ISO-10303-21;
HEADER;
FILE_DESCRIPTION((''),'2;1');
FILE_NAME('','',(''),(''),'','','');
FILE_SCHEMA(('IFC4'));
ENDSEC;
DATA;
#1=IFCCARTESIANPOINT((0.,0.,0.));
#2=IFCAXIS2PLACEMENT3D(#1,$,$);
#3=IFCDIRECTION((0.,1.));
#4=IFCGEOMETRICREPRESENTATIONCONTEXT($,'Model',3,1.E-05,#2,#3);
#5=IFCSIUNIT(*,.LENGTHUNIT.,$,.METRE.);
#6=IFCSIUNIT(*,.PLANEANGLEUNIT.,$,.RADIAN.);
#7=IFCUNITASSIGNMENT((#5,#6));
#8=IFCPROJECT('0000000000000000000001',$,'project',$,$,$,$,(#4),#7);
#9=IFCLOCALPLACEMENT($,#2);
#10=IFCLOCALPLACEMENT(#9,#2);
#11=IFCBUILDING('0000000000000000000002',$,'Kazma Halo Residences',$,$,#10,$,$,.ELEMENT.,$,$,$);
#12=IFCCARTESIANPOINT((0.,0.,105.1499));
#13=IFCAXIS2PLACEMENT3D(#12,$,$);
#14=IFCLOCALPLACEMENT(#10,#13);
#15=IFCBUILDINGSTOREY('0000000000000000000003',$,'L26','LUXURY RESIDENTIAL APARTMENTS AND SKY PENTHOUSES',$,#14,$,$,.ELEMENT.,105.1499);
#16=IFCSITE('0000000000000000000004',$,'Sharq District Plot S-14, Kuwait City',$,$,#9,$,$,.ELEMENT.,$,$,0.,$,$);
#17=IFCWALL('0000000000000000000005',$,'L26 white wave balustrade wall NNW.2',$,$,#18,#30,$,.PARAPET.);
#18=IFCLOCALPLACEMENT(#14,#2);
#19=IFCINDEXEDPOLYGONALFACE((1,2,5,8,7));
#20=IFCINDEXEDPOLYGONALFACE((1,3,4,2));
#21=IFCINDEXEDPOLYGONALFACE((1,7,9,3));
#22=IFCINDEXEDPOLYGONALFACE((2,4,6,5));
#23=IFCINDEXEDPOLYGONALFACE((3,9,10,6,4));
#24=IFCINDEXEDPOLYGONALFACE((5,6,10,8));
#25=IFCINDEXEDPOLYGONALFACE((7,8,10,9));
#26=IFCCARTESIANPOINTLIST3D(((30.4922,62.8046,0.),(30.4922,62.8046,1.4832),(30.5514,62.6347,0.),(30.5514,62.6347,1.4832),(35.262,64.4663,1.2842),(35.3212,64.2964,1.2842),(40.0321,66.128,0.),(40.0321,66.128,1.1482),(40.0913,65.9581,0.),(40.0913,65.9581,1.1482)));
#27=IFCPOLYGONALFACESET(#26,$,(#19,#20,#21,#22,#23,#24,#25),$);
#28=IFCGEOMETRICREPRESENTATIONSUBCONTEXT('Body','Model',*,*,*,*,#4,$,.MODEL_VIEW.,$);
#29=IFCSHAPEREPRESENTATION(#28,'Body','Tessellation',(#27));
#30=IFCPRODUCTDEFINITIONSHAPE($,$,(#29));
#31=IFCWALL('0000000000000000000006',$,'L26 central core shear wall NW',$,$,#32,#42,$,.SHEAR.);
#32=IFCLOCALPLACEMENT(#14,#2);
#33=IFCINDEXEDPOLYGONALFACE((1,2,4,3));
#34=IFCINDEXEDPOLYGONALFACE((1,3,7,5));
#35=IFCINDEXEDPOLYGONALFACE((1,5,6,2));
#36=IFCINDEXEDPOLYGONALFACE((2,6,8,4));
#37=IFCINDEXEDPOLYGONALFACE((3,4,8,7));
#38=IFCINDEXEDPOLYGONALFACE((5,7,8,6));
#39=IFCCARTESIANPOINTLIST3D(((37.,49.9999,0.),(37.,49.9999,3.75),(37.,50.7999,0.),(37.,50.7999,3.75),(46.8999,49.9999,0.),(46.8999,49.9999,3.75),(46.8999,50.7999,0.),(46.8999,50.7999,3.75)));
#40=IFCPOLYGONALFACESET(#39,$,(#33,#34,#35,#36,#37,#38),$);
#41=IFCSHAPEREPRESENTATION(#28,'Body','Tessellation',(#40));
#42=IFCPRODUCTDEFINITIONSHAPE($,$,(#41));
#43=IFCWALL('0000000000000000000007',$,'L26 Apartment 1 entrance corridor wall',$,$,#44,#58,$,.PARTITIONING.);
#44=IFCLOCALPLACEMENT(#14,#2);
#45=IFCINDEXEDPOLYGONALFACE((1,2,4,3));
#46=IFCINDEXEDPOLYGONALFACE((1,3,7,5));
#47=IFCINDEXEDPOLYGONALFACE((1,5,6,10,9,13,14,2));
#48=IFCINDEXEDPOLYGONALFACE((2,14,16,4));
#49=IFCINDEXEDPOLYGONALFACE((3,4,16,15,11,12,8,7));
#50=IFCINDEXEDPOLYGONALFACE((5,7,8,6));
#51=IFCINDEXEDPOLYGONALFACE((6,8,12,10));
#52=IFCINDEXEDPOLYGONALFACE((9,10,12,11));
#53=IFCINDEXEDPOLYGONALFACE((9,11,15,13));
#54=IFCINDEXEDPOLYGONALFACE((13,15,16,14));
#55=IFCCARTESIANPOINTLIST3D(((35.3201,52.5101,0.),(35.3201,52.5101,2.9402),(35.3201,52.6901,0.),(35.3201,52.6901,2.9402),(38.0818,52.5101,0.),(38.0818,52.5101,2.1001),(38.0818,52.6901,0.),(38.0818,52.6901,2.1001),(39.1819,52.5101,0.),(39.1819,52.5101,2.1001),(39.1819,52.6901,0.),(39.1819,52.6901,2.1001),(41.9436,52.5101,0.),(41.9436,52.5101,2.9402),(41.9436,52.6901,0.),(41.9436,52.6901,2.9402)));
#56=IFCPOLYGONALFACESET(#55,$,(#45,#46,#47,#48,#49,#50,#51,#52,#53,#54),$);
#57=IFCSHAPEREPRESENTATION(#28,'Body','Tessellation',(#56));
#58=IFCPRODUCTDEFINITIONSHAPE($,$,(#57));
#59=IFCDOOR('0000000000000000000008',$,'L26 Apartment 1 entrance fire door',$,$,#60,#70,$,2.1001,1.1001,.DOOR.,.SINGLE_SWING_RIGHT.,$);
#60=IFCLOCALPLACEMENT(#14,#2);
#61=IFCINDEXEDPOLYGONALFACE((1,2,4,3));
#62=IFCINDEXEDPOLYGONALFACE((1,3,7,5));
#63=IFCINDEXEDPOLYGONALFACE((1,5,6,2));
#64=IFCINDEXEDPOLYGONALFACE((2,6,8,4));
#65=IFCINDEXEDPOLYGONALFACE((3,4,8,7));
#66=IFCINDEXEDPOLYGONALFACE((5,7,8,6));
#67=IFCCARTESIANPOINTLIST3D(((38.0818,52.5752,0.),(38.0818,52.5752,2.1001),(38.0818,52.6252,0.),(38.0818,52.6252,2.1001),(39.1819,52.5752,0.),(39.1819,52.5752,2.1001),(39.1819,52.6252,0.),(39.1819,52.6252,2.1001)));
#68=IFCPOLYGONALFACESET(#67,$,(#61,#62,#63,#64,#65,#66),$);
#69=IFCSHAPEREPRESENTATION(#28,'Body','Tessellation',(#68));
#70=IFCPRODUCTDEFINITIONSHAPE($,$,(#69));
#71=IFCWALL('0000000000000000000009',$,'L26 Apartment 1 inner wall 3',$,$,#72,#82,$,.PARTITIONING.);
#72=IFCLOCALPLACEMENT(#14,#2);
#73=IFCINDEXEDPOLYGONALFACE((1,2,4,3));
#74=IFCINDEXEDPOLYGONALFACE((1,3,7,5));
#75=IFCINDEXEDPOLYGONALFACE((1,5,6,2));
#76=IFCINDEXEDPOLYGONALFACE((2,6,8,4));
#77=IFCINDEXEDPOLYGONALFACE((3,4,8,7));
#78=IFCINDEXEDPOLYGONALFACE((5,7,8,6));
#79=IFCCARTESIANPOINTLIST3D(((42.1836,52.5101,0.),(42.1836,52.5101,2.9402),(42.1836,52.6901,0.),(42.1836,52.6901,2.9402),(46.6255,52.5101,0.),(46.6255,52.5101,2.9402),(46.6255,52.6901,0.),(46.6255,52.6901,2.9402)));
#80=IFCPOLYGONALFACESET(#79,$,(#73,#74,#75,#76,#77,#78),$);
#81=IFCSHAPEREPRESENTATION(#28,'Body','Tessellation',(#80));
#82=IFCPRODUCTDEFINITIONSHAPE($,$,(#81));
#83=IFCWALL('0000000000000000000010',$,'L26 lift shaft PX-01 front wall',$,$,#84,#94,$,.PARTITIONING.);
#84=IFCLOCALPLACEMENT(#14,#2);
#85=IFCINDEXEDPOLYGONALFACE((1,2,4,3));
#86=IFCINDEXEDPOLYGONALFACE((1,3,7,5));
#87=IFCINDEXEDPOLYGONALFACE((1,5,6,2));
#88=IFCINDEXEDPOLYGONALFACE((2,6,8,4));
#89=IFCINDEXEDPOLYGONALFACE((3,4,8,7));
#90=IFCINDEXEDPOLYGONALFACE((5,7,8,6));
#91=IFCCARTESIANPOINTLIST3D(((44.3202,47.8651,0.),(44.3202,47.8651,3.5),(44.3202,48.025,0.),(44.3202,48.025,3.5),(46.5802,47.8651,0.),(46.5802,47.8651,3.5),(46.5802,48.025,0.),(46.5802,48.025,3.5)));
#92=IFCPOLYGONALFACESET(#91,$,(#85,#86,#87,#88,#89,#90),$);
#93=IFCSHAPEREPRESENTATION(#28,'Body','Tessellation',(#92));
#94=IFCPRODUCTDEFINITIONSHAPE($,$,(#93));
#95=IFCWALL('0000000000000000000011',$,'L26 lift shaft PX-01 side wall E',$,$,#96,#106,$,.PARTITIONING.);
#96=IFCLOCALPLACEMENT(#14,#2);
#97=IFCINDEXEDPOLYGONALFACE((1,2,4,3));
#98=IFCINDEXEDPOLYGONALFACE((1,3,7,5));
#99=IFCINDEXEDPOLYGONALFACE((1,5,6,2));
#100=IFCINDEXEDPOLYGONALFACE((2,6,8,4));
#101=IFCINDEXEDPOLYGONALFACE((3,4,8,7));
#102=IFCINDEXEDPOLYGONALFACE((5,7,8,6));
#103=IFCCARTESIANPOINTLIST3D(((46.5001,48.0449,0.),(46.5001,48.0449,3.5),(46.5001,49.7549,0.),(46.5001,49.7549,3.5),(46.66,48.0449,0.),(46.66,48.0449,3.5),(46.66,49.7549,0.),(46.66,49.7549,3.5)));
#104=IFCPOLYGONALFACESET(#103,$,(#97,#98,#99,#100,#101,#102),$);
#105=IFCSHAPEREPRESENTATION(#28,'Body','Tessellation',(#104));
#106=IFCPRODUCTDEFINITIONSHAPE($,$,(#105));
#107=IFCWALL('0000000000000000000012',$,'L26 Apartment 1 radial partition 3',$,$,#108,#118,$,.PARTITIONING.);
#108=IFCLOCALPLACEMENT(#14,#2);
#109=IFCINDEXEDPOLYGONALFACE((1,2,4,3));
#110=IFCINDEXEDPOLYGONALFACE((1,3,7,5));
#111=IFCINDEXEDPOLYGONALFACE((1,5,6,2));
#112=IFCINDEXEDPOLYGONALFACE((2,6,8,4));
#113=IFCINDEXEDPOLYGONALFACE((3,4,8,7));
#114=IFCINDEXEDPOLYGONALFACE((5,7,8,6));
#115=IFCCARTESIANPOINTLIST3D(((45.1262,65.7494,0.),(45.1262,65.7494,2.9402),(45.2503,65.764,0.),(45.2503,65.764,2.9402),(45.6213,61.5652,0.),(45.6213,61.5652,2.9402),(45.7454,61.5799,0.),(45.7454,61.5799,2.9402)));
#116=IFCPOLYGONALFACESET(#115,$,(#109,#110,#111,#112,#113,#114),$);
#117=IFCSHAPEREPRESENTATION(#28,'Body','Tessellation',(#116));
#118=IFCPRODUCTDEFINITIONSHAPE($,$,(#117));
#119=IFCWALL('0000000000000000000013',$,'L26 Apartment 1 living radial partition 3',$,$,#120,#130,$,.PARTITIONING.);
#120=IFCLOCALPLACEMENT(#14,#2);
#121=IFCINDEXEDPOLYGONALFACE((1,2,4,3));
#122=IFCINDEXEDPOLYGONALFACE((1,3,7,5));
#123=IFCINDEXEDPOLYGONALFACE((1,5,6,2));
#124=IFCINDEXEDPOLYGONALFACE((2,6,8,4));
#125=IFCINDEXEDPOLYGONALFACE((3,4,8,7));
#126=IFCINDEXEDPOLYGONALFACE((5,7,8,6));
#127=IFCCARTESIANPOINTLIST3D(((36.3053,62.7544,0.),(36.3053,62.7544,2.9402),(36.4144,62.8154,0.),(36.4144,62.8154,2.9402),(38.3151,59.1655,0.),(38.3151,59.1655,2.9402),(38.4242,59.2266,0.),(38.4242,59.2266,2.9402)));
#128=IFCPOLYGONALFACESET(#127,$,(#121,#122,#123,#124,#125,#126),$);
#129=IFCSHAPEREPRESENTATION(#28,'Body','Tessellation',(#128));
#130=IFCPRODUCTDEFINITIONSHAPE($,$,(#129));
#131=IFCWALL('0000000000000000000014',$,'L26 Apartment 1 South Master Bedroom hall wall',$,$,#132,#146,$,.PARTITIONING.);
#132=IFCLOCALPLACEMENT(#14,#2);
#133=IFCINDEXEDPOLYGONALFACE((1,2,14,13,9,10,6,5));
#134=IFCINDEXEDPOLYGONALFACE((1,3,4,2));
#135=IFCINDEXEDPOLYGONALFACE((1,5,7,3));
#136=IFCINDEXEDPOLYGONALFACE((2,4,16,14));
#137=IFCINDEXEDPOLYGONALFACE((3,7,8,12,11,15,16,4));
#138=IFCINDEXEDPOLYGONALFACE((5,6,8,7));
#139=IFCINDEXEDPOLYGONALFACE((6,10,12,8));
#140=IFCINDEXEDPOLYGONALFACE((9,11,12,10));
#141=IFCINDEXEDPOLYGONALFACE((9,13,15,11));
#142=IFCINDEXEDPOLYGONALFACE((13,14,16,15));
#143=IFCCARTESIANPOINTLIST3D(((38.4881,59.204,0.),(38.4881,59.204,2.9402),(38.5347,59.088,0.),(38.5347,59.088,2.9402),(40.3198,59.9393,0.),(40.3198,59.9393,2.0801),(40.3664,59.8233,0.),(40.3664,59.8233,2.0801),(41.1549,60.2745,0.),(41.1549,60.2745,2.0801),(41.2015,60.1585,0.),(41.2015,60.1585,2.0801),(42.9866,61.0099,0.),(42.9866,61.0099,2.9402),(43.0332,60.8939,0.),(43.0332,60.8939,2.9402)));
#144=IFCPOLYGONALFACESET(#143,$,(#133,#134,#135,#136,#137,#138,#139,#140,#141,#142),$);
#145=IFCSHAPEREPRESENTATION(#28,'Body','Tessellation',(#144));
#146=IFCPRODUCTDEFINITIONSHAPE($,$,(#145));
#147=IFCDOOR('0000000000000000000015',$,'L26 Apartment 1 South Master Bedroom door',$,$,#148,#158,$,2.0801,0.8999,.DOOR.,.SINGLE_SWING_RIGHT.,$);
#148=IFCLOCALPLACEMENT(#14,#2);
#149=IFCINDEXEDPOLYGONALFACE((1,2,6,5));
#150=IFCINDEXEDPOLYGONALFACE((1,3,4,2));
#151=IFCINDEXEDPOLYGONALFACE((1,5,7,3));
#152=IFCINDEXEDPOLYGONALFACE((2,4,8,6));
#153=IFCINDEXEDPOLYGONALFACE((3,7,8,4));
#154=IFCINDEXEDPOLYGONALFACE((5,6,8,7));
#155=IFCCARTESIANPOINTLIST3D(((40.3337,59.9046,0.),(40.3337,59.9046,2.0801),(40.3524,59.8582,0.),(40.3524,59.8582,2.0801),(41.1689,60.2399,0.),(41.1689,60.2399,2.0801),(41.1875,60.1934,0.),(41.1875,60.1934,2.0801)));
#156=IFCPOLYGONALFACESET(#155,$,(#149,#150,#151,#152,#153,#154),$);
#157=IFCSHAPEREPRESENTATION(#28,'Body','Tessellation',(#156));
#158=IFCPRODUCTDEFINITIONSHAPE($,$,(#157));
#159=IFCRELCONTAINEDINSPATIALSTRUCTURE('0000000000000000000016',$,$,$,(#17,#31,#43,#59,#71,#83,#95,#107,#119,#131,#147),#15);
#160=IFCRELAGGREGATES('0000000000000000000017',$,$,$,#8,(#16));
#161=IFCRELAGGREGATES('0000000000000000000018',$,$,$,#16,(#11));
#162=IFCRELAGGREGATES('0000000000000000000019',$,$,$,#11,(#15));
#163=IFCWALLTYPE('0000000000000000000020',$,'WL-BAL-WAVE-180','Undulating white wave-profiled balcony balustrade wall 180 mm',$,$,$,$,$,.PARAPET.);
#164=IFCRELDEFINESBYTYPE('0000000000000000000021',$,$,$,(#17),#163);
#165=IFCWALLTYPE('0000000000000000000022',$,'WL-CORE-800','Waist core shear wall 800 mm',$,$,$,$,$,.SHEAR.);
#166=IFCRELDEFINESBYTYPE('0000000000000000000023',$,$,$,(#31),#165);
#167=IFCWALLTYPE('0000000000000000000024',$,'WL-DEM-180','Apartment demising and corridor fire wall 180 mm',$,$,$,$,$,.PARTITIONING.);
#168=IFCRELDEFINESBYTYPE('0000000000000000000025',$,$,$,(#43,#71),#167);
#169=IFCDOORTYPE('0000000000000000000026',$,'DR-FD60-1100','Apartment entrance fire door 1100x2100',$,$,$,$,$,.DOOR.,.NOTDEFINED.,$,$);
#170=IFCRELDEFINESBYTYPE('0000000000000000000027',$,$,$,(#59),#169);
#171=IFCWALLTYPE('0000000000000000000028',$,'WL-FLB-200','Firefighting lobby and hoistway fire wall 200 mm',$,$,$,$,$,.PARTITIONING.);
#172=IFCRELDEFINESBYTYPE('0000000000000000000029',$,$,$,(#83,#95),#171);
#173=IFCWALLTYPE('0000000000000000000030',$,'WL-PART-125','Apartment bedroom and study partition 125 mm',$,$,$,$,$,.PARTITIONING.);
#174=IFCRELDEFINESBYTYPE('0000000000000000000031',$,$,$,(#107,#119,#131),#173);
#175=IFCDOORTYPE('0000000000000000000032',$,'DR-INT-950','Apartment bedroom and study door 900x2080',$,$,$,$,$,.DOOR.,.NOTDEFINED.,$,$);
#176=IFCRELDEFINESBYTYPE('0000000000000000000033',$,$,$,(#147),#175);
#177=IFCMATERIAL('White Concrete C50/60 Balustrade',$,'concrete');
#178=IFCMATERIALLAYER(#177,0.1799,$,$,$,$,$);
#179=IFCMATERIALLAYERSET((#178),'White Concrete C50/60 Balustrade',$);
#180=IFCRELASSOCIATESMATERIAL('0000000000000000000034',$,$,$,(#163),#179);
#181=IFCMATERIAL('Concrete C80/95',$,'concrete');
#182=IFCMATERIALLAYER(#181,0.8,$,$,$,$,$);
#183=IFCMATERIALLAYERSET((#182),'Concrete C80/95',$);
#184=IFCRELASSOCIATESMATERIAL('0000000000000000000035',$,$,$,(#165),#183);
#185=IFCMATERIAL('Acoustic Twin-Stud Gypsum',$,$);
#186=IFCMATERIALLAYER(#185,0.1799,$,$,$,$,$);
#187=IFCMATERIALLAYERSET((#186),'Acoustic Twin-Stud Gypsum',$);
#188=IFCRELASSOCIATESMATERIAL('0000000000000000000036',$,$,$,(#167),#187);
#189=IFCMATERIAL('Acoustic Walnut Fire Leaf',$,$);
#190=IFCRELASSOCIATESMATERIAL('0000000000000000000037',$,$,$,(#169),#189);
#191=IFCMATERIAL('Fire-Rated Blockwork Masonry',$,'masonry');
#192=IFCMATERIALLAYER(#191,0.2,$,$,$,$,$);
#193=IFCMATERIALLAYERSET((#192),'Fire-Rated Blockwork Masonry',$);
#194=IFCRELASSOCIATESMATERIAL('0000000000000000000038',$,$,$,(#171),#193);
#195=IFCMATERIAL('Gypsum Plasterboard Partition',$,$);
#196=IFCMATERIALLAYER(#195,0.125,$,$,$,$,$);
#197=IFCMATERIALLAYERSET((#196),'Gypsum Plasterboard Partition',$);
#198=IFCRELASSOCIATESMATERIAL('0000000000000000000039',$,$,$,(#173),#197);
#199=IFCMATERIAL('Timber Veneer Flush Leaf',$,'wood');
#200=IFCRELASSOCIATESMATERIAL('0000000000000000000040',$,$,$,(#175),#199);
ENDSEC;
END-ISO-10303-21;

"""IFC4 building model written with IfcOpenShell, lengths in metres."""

from ifc_helpers import new_model, si_unit, direction, frame, frame_2d, origin, place, context, subcontext, project, spatial, polyline, rectangle, outline, extrude, material, layer, layer_set, type_object, element, fill, save


model = new_model("IFC4")

# Units and contexts
model_context = context("Model", 3, precision=1e-05, world=origin(), true_north=direction((0.0, 1.0)))
body_context = subcontext(model_context, "Body", "Model", "MODEL_VIEW")
ifc_project = project(units=[si_unit("LENGTHUNIT", "METRE"), si_unit("PLANEANGLEUNIT", "RADIAN")], contexts=[model_context])

# Site, building, storey
site_placement = place(None, origin())
site = spatial("IfcSite", under=ifc_project, at=site_placement, Name="Sharq District Plot S-14, Kuwait City", CompositionType="ELEMENT", RefElevation=0.0)
building_placement = place(site_placement, origin())
building = spatial("IfcBuilding", under=site, at=building_placement, Name="Kazma Halo Residences", CompositionType="ELEMENT")
storey_placement = place(building_placement, frame((0.0, 0.0, 105.1499)))
storey = spatial("IfcBuildingStorey", under=building, at=storey_placement, Name="L26", Description="LUXURY RESIDENTIAL APARTMENTS AND SKY PENTHOUSES", CompositionType="ELEMENT", Elevation=105.1499)

# Shared definitions
ifc_material_1 = material(Name="Concrete C80/95", Category="concrete")

# Walls
ifc_material_2 = material(Name="White Concrete C50/60 Balustrade", Category="concrete")
ifc_layer_1 = layer(ifc_material_2, 0.1799)
ifc_layer_set_1 = layer_set([ifc_layer_1], Name="White Concrete C50/60 Balustrade")
wall_type_1 = type_object("IfcWallType", Name="WL-BAL-WAVE-180", Description="Undulating white wave-profiled balcony balustrade wall 180 mm", PredefinedType="PARAPET", material=ifc_layer_set_1)
wall_1_placement = place(storey_placement, frame((40.0618, 66.043, 0.0), z_axis=(0.0, 0.0, 1.0), x_axis=(-0.944337, -0.328981, 0.0)))
element("IfcWall", 1, at=wall_1_placement, inside=storey, type_object=wall_type_1, Name="L26 white wave balustrade wall NNW.2", PredefinedType="PARAPET", context=body_context, shape_type="SweptSolid", body=[
    extrude(outline(polyline([(0.0, 0.0), (10.1023, 0.0), (10.1023, 1.4832), (5.0513, 1.2842), (0.0, 1.1482), (0.0, 0.0)])), frame((0.0, 0.0898, 0.0), z_axis=(0.0, -1.0, 0.0), x_axis=(1.0, 0.0, 0.0)), (0.0, 0.0, 1.0), 0.1799),
])
ifc_layer_2 = layer(ifc_material_1, 0.8)
ifc_layer_set_2 = layer_set([ifc_layer_2], Name="Concrete C80/95")
wall_type_2 = type_object("IfcWallType", Name="WL-CORE-800", Description="Waist core shear wall 800 mm", PredefinedType="SHEAR", material=ifc_layer_set_2)
wall_2_placement = place(storey_placement, frame((37.0, 50.3999, 0.0), z_axis=(0.0, 0.0, 1.0), x_axis=(1.0, 0.0, 0.0)))
element("IfcWall", 2, at=wall_2_placement, inside=storey, type_object=wall_type_2, Name="L26 central core shear wall NW", PredefinedType="SHEAR", context=body_context, shape_type="SweptSolid", body=[
    extrude(rectangle(XDim=9.8999, YDim=0.8, at=frame_2d((4.95, 0.0))), origin(), (0.0, 0.0, 1.0), 3.75),
])

# Wall, opening, door
ifc_material_3 = material(Name="Acoustic Twin-Stud Gypsum")
ifc_layer_3 = layer(ifc_material_3, 0.1799)
ifc_layer_set_3 = layer_set([ifc_layer_3], Name="Acoustic Twin-Stud Gypsum")
wall_type_3 = type_object("IfcWallType", Name="WL-DEM-180", Description="Apartment demising and corridor fire wall 180 mm", PredefinedType="PARTITIONING", material=ifc_layer_set_3)
wall_3_placement = place(storey_placement, frame((41.9436, 52.6001, 0.0), z_axis=(0.0, 0.0, 1.0), x_axis=(-1.0, 0.0, 0.0)))
wall_3 = element("IfcWall", 3, at=wall_3_placement, inside=storey, type_object=wall_type_3, Name="L26 Apartment 1 entrance corridor wall", PredefinedType="PARTITIONING", context=body_context, shape_type="SweptSolid", body=[
    extrude(rectangle(XDim=6.6235, YDim=0.1799, at=frame_2d((3.3118, 0.0))), origin(), (0.0, 0.0, 1.0), 2.9402),
])
opening_1_placement = place(wall_3_placement, frame((2.7617, 0.0, 0.0)))
opening_1 = element("IfcOpeningElement", 4, at=opening_1_placement, cuts=wall_3, PredefinedType="OPENING", context=body_context, shape_type="SweptSolid", body=[
    extrude(rectangle(XDim=1.1001, YDim=2.1001, at=frame_2d((0.55, 1.05))), frame((0.0, 0.0999, 0.0), z_axis=(0.0, -1.0, 0.0), x_axis=(1.0, 0.0, 0.0)), (0.0, 0.0, 1.0), 0.2),
])
ifc_material_4 = material(Name="Acoustic Walnut Fire Leaf")
door_type_1 = type_object("IfcDoorType", Name="DR-FD60-1100", Description="Apartment entrance fire door 1100x2100", OperationType="NOTDEFINED", PredefinedType="DOOR", material=ifc_material_4)
door_1_placement = place(opening_1_placement, origin())
door_1 = element("IfcDoor", 5, at=door_1_placement, inside=storey, type_object=door_type_1, Name="L26 Apartment 1 entrance fire door", OperationType="SINGLE_SWING_RIGHT", OverallHeight=2.1001, OverallWidth=1.1001, PredefinedType="DOOR", context=body_context, shape_type="SweptSolid", body=[
    extrude(rectangle(XDim=1.1001, YDim=2.1001, at=frame_2d((0.55, 1.05))), frame((0.0, 0.0249, 0.0), z_axis=(0.0, -1.0, 0.0), x_axis=(1.0, 0.0, 0.0)), (0.0, 0.0, 1.0), 0.05),
])
fill(opening_1, door_1)

# Wall
wall_4_placement = place(storey_placement, frame((46.6255, 52.6001, 0.0), z_axis=(0.0, 0.0, 1.0), x_axis=(-1.0, 0.0, 0.0)))
element("IfcWall", 6, at=wall_4_placement, inside=storey, type_object=wall_type_3, Name="L26 Apartment 1 inner wall 3", PredefinedType="PARTITIONING", context=body_context, shape_type="SweptSolid", body=[
    extrude(rectangle(XDim=4.4419, YDim=0.1799, at=frame_2d((2.2209, 0.0))), origin(), (0.0, 0.0, 1.0), 2.9402),
])

# Walls
ifc_material_5 = material(Name="Fire-Rated Blockwork Masonry", Category="masonry")
ifc_layer_4 = layer(ifc_material_5, 0.2)
ifc_layer_set_4 = layer_set([ifc_layer_4], Name="Fire-Rated Blockwork Masonry")
wall_type_4 = type_object("IfcWallType", Name="WL-FLB-200", Description="Firefighting lobby and hoistway fire wall 200 mm", PredefinedType="PARTITIONING", material=ifc_layer_set_4)
wall_5_placement = place(storey_placement, frame((46.5801, 47.9451, 0.0), z_axis=(0.0, 0.0, 1.0), x_axis=(-1.0, 0.0, 0.0)))
element("IfcWall", 7, at=wall_5_placement, inside=storey, type_object=wall_type_4, Name="L26 lift shaft PX-01 front wall", PredefinedType="PARTITIONING", context=body_context, shape_type="SweptSolid", body=[
    extrude(rectangle(XDim=2.26, YDim=0.1599, at=frame_2d((1.1299, 0.0))), origin(), (0.0, 0.0, 1.0), 3.5),
])
wall_6_placement = place(storey_placement, frame((46.5801, 48.0449, 0.0), z_axis=(0.0, 0.0, 1.0), x_axis=(0.0, 1.0, 0.0)))
element("IfcWall", 8, at=wall_6_placement, inside=storey, type_object=wall_type_4, Name="L26 lift shaft PX-01 side wall E", PredefinedType="PARTITIONING", context=body_context, shape_type="SweptSolid", body=[
    extrude(rectangle(XDim=1.71, YDim=0.1599, at=frame_2d((0.855, 0.0))), origin(), (0.0, 0.0, 1.0), 3.5),
])
ifc_material_6 = material(Name="Gypsum Plasterboard Partition")
ifc_layer_5 = layer(ifc_material_6, 0.125)
ifc_layer_set_5 = layer_set([ifc_layer_5], Name="Gypsum Plasterboard Partition")
wall_type_5 = type_object("IfcWallType", Name="WL-PART-125", Description="Apartment bedroom and study partition 125 mm", PredefinedType="PARTITIONING", material=ifc_layer_set_5)
wall_7_placement = place(storey_placement, frame((45.6833, 61.5725, 0.0), z_axis=(0.0, 0.0, 1.0), x_axis=(-0.117514, 0.993071, 0.0)))
element("IfcWall", 9, at=wall_7_placement, inside=storey, type_object=wall_type_5, Name="L26 Apartment 1 radial partition 3", PredefinedType="PARTITIONING", context=body_context, shape_type="SweptSolid", body=[
    extrude(rectangle(XDim=4.2134, YDim=0.125, at=frame_2d((2.1067, 0.0))), origin(), (0.0, 0.0, 1.0), 2.9402),
])
wall_8_placement = place(storey_placement, frame((38.3696, 59.196, 0.0), z_axis=(0.0, 0.0, 1.0), x_axis=(-0.488603, 0.872506, 0.0)))
element("IfcWall", 10, at=wall_8_placement, inside=storey, type_object=wall_type_5, Name="L26 Apartment 1 living radial partition 3", PredefinedType="PARTITIONING", context=body_context, shape_type="SweptSolid", body=[
    extrude(rectangle(XDim=4.1133, YDim=0.125, at=frame_2d((2.0566, 0.0))), origin(), (0.0, 0.0, 1.0), 2.9402),
])

# Wall, opening, door
wall_9_placement = place(storey_placement, frame((43.01, 60.9519, 0.0), z_axis=(0.0, 0.0, 1.0), x_axis=(-0.928014, -0.372545, 0.0)))
wall_9 = element("IfcWall", 11, at=wall_9_placement, inside=storey, type_object=wall_type_5, Name="L26 Apartment 1 South Master Bedroom hall wall", PredefinedType="PARTITIONING", context=body_context, shape_type="SweptSolid", body=[
    extrude(rectangle(XDim=4.8474, YDim=0.125, at=frame_2d((2.4238, 0.0))), origin(), (0.0, 0.0, 1.0), 2.9402),
])
opening_2_placement = place(wall_9_placement, frame((1.9739, 0.0, 0.0)))
opening_2 = element("IfcOpeningElement", 12, at=opening_2_placement, cuts=wall_9, PredefinedType="OPENING", context=body_context, shape_type="SweptSolid", body=[
    extrude(rectangle(XDim=0.8999, YDim=2.0801, at=frame_2d((0.45, 1.04))), frame((0.0, 0.0725, 0.0), z_axis=(0.0, -1.0, 0.0), x_axis=(1.0, 0.0, 0.0)), (0.0, 0.0, 1.0), 0.145),
])
ifc_material_7 = material(Name="Timber Veneer Flush Leaf", Category="wood")
door_type_2 = type_object("IfcDoorType", Name="DR-INT-950", Description="Apartment bedroom and study door 900x2080", OperationType="NOTDEFINED", PredefinedType="DOOR", material=ifc_material_7)
door_2_placement = place(opening_2_placement, origin())
door_2 = element("IfcDoor", 13, at=door_2_placement, inside=storey, type_object=door_type_2, Name="L26 Apartment 1 South Master Bedroom door", OperationType="SINGLE_SWING_RIGHT", OverallHeight=2.0801, OverallWidth=0.8999, PredefinedType="DOOR", context=body_context, shape_type="SweptSolid", body=[
    extrude(rectangle(XDim=0.8999, YDim=2.0801, at=frame_2d((0.45, 1.04))), frame((0.0, 0.0249, 0.0), z_axis=(0.0, -1.0, 0.0), x_axis=(1.0, 0.0, 0.0)), (0.0, 0.0, 1.0), 0.05),
])
fill(opening_2, door_2)

save(model, "model.ifc")
